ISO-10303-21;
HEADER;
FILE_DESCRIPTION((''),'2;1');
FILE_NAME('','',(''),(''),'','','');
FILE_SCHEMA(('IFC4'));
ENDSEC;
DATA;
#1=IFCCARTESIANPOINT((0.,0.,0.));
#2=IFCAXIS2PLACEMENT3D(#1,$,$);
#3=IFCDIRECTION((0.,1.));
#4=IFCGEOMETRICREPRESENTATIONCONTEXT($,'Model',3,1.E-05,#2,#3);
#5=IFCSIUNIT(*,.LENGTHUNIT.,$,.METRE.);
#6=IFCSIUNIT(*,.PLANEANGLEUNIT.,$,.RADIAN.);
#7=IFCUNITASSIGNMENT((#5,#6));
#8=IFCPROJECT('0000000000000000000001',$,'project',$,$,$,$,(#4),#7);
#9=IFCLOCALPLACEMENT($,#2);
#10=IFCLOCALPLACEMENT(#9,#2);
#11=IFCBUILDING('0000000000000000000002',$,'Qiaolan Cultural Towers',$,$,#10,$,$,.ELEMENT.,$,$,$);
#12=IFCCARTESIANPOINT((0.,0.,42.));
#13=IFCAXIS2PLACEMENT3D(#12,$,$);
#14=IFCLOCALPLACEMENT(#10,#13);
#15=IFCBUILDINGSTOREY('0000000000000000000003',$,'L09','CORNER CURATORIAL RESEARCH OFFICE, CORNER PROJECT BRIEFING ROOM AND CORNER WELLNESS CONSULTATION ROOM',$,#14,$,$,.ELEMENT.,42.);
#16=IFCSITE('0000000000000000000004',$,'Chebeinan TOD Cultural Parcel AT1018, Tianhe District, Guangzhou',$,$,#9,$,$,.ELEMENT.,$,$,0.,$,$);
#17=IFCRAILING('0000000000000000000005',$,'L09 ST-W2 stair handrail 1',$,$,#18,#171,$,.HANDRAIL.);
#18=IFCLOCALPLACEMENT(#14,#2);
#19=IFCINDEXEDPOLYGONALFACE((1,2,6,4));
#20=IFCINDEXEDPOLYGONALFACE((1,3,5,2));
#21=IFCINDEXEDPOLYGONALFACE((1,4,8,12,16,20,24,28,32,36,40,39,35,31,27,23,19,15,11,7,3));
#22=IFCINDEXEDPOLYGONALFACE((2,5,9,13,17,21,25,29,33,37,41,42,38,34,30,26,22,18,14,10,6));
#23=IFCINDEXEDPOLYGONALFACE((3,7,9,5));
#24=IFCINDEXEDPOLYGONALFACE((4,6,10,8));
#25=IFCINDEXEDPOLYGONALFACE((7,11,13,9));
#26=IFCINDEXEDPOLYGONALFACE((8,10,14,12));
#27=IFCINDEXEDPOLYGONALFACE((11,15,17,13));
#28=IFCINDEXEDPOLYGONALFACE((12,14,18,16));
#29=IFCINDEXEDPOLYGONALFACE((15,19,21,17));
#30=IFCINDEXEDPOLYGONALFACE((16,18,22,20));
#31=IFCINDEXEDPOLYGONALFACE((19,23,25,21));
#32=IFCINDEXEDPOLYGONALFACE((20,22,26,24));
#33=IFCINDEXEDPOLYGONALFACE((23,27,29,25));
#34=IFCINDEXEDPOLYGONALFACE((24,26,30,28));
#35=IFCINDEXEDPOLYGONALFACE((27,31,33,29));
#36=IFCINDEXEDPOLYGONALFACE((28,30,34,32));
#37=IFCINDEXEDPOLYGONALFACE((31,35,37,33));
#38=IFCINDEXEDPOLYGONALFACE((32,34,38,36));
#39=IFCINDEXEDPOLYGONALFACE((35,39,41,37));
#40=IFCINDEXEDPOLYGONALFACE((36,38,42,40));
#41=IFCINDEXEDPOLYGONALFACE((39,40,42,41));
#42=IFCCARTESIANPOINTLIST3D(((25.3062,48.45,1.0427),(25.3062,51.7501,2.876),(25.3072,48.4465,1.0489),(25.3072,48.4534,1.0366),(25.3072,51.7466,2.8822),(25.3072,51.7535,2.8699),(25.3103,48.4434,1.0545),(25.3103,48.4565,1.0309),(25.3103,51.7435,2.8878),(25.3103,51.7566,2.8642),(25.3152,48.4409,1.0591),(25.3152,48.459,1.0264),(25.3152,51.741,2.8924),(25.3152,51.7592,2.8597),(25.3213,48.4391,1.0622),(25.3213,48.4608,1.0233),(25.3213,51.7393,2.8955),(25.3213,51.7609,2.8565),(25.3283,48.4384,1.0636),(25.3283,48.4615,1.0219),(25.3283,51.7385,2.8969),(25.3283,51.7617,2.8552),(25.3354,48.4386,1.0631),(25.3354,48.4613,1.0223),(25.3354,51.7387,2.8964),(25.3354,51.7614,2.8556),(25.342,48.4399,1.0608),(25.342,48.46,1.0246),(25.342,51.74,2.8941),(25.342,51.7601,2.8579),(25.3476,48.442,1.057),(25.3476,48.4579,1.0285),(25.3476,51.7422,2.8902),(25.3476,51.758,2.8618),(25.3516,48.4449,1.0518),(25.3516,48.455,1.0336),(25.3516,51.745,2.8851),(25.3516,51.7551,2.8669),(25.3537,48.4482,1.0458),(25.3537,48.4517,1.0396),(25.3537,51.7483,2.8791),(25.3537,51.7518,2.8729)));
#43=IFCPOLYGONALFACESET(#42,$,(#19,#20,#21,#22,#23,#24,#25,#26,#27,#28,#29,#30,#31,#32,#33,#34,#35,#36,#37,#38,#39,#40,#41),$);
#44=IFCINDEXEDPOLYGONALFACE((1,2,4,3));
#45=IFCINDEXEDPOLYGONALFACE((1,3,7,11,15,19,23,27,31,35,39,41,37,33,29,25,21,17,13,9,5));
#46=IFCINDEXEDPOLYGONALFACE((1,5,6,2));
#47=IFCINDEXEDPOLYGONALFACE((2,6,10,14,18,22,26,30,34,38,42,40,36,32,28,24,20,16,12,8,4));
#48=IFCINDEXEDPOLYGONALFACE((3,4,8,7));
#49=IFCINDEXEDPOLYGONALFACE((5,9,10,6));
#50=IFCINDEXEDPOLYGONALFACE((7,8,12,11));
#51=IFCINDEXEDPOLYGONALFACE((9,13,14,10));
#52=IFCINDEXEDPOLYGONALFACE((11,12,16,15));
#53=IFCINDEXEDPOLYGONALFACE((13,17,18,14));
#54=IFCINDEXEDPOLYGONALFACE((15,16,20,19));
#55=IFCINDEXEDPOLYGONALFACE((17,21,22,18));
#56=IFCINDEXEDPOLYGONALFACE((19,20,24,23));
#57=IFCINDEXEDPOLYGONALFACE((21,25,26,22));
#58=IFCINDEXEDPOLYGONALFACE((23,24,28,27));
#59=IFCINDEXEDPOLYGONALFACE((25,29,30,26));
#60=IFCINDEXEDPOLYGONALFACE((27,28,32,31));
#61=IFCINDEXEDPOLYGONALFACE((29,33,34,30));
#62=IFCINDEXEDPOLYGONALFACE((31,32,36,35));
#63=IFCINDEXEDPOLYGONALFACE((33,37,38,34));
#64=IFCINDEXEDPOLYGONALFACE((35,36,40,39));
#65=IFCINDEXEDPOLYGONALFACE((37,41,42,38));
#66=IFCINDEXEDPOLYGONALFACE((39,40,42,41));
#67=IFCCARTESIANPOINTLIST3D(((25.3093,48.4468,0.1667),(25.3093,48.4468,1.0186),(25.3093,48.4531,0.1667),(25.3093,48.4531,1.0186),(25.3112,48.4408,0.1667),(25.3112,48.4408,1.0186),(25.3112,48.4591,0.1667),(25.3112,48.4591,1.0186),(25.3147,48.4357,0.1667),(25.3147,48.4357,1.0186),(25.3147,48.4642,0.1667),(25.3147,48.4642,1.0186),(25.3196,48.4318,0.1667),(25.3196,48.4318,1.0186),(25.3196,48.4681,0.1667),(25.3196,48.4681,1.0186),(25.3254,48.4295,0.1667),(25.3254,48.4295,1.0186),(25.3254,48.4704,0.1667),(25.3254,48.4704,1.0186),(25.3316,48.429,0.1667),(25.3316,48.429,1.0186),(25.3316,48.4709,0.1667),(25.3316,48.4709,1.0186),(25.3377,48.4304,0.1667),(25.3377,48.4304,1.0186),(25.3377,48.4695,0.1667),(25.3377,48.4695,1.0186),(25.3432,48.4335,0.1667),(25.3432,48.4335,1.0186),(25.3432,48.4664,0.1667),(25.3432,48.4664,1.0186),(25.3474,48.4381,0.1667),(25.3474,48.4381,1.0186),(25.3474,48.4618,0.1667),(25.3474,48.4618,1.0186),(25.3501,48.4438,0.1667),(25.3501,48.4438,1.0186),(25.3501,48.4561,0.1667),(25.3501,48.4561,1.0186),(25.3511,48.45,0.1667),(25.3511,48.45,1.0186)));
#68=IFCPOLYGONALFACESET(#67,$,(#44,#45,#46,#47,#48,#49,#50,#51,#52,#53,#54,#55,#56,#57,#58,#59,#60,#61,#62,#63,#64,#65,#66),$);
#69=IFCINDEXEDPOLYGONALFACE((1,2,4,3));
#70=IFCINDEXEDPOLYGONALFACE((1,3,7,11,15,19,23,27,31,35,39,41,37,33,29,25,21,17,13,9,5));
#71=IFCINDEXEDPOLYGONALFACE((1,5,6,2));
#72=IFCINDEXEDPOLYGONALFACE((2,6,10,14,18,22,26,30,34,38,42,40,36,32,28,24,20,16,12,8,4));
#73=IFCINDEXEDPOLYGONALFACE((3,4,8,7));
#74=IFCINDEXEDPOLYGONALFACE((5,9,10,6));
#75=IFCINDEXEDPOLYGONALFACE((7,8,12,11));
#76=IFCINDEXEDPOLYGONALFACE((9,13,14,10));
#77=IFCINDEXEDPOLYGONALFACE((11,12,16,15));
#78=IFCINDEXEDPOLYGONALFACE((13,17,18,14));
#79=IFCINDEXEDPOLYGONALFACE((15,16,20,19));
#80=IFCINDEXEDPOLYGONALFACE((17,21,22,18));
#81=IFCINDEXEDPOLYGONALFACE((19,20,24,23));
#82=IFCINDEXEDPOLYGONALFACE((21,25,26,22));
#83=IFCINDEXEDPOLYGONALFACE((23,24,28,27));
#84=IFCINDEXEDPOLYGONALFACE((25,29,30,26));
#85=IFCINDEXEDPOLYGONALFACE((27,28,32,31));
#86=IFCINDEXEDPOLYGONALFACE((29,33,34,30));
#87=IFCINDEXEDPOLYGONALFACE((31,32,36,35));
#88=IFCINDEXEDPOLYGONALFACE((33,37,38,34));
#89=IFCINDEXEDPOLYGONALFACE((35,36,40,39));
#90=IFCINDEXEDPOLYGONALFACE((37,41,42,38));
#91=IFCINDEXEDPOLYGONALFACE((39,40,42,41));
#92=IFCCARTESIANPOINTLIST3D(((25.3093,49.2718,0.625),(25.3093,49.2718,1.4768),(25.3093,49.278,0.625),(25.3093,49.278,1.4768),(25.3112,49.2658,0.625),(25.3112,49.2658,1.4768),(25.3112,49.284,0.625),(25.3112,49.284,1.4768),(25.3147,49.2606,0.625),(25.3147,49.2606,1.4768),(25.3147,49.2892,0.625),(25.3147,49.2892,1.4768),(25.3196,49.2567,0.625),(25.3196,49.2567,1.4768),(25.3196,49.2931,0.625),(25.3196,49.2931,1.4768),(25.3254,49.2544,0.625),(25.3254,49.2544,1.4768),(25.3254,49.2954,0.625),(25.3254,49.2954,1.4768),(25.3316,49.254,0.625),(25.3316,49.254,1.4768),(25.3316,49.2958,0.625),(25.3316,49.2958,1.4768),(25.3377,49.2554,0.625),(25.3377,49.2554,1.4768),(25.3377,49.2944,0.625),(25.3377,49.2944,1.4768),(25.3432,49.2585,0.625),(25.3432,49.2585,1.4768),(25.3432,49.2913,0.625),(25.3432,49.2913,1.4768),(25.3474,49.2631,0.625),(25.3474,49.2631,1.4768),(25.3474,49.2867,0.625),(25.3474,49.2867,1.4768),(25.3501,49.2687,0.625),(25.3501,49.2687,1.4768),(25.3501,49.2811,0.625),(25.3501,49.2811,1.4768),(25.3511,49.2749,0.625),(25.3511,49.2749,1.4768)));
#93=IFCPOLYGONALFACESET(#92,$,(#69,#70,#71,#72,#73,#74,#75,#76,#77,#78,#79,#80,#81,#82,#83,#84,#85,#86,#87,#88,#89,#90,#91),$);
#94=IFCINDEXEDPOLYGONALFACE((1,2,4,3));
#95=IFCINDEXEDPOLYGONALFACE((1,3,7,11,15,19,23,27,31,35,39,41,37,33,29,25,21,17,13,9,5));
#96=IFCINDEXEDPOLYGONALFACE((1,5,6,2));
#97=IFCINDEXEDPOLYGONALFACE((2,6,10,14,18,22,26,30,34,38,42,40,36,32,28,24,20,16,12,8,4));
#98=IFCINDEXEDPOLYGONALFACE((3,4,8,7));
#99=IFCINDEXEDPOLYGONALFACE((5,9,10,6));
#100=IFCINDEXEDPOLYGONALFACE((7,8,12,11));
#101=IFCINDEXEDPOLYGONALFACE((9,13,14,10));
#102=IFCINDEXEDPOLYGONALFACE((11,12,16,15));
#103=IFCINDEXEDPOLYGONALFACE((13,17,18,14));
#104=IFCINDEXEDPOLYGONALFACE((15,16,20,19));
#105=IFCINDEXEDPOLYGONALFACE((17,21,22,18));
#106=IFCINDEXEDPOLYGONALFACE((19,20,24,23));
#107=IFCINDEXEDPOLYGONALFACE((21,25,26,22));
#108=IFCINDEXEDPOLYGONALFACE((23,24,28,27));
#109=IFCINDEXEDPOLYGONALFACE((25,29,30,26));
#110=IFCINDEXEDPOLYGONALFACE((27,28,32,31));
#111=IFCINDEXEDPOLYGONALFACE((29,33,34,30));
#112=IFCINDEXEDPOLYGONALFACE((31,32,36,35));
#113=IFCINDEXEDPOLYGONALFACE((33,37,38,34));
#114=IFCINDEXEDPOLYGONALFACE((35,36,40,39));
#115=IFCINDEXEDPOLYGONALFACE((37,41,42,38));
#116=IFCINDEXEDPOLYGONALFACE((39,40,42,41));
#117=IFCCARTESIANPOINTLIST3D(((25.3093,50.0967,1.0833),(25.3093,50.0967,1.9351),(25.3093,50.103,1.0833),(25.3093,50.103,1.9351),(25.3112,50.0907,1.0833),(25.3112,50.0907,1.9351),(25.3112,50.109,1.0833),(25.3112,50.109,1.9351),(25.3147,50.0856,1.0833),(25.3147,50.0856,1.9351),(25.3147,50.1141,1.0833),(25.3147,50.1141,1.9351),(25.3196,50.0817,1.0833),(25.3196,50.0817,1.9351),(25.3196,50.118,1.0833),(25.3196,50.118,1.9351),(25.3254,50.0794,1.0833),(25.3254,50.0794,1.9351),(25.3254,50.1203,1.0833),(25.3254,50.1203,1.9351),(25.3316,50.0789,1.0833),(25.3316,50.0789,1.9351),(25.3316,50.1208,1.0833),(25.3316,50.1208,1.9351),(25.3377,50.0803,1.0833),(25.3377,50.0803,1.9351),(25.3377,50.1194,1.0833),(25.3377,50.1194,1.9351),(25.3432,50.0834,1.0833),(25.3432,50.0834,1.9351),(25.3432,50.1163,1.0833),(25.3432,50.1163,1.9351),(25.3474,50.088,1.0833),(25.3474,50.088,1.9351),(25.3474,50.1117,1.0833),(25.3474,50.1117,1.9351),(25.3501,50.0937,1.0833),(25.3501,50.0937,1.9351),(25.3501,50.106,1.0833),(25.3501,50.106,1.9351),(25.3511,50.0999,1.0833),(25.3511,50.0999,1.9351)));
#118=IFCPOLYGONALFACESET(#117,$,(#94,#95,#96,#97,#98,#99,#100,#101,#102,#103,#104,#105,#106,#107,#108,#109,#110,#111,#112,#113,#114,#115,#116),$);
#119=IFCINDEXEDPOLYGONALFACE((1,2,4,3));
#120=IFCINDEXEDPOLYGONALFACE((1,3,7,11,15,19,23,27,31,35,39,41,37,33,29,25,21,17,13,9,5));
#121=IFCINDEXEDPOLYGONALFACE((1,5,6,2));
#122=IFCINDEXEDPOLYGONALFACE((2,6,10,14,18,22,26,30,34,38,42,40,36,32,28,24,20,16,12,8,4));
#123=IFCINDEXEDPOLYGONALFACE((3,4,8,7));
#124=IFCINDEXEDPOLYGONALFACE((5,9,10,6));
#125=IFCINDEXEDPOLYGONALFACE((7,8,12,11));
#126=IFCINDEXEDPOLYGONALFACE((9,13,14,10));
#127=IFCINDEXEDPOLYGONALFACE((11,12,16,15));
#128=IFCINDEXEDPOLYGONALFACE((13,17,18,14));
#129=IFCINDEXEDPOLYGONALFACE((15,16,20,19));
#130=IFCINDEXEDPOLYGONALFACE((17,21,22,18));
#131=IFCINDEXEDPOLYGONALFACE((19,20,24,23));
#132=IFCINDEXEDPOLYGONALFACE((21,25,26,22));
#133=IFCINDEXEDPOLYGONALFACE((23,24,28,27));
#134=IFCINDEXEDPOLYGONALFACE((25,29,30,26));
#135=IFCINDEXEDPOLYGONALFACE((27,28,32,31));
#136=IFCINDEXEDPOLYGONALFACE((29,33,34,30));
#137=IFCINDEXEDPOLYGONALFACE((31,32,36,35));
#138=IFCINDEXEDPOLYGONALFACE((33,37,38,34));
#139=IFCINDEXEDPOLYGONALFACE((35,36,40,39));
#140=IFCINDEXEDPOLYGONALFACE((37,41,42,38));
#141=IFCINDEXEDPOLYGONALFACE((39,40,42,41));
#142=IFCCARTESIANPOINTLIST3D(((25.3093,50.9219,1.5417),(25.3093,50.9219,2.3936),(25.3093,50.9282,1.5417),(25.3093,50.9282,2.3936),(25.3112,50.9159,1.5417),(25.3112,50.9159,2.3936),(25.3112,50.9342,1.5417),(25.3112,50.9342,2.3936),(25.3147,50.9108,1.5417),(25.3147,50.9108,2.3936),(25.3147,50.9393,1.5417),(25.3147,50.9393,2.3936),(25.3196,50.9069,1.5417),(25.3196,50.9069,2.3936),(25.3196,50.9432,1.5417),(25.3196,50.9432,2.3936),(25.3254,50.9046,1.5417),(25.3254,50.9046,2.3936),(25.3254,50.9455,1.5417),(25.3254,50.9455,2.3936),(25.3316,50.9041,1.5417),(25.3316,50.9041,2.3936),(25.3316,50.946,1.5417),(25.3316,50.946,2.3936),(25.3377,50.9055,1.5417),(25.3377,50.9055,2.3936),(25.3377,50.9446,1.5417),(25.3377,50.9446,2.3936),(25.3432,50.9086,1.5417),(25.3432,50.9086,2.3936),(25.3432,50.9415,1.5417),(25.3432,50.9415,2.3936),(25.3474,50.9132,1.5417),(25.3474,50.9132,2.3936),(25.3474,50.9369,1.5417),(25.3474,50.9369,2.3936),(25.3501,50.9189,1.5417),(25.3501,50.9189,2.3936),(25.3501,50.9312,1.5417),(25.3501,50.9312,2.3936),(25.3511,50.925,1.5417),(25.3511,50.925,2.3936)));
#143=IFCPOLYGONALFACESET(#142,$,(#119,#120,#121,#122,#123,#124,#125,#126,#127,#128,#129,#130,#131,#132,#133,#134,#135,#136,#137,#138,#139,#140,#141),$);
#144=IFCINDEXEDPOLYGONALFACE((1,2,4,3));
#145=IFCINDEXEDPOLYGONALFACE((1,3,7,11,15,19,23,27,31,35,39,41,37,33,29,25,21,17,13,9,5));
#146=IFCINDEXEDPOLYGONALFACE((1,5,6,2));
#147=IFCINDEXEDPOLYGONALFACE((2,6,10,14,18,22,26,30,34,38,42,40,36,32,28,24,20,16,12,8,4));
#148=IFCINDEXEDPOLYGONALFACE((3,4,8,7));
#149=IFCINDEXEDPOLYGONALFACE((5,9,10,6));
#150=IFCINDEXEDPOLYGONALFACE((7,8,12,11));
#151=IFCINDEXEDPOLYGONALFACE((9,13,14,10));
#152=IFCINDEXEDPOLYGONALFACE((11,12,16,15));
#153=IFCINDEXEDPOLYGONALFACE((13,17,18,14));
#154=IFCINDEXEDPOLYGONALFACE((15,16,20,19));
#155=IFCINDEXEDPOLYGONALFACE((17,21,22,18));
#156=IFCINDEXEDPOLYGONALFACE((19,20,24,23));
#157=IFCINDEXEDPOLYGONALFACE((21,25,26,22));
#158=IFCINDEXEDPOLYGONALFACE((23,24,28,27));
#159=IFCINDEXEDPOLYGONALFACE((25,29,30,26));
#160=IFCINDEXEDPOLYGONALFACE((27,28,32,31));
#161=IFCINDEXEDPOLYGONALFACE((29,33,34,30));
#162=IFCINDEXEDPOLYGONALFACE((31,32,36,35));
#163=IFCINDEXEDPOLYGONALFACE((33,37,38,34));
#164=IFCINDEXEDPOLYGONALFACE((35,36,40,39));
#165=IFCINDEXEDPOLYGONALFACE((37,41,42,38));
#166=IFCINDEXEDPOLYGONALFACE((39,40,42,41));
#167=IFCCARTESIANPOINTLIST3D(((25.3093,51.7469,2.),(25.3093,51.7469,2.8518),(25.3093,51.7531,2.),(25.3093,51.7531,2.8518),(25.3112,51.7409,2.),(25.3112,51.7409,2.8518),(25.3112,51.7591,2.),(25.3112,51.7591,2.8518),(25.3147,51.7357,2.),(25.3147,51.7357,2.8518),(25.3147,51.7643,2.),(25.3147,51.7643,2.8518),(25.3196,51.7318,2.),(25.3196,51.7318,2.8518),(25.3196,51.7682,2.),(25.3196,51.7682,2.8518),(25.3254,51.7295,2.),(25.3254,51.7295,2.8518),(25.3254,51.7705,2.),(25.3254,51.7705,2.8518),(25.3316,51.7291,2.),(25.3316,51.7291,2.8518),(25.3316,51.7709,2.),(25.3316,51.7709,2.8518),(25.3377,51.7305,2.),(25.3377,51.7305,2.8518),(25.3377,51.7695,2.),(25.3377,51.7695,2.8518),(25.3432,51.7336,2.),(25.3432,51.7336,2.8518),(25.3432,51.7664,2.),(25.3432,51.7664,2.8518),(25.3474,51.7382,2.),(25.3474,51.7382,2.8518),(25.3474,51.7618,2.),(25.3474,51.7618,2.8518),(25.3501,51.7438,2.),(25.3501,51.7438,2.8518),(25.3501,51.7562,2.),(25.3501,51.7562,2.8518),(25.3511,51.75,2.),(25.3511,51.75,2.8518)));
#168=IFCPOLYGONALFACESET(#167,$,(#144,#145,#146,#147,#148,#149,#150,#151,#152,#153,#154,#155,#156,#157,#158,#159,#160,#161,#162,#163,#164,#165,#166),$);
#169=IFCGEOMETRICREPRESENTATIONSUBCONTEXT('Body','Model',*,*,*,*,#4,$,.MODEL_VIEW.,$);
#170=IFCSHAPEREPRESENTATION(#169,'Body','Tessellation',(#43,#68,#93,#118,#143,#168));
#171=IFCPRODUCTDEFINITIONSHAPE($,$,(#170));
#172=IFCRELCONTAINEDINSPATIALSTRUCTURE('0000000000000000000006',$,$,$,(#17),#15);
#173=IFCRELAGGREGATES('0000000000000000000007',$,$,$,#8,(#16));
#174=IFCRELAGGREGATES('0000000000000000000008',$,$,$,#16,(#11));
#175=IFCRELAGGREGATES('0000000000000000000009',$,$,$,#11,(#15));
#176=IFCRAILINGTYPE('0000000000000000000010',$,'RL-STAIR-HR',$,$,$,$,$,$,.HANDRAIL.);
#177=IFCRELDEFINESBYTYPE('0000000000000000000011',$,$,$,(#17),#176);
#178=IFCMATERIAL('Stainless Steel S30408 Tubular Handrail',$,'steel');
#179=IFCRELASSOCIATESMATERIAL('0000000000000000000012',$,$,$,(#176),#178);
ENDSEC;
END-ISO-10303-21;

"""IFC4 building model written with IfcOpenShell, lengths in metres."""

from ifc_helpers import new_model, si_unit, direction, frame, origin, origin_2d, place, context, subcontext, project, spatial, circle, extrude, material, type_object, element, save


model = new_model("IFC4")

# Units and contexts
model_context = context("Model", 3, precision=1e-05, world=origin(), true_north=direction((0.0, 1.0)))
body_context = subcontext(model_context, "Body", "Model", "MODEL_VIEW")
ifc_project = project(units=[si_unit("LENGTHUNIT", "METRE"), si_unit("PLANEANGLEUNIT", "RADIAN")], contexts=[model_context])

# Site, building, storey
site_placement = place(None, origin())
site = spatial("IfcSite", under=ifc_project, at=site_placement, Name="Chebeinan TOD Cultural Parcel AT1018, Tianhe District, Guangzhou", CompositionType="ELEMENT", RefElevation=0.0)
building_placement = place(site_placement, origin())
building = spatial("IfcBuilding", under=site, at=building_placement, Name="Qiaolan Cultural Towers", CompositionType="ELEMENT")
storey_placement = place(building_placement, frame((0.0, 0.0, 42.0)))
storey = spatial("IfcBuildingStorey", under=building, at=storey_placement, Name="L09", Description="CORNER CURATORIAL RESEARCH OFFICE, CORNER PROJECT BRIEFING ROOM AND CORNER WELLNESS CONSULTATION ROOM", CompositionType="ELEMENT", Elevation=42.0)

# Railing
ifc_material_1 = material(Name="Stainless Steel S30408 Tubular Handrail", Category="steel")
railing_type_1 = type_object("IfcRailingType", Name="RL-STAIR-HR", PredefinedType="HANDRAIL", material=ifc_material_1)
railing_1_placement = place(storey_placement, frame((25.3301, 48.45, 0.1667)))
element("IfcRailing", 1, at=railing_1_placement, inside=storey, type_object=railing_type_1, Name="L09 ST-W2 stair handrail 1", PredefinedType="HANDRAIL", context=body_context, shape_type="SweptSolid", body=[
    extrude(circle(Radius=0.0239, at=origin_2d()), frame((0.0, 0.0, 0.876), z_axis=(0.0, 0.874169, 0.485621), x_axis=(-1.0, 0.0, 0.0)), (0.0, 0.0, 1.0), 3.7751),
    extrude(circle(Radius=0.021, at=origin_2d()), origin(), (0.0, 0.0, 1.0), 0.8518),
    extrude(circle(Radius=0.021, at=origin_2d()), frame((0.0, 0.825, 0.4583)), (0.0, 0.0, 1.0), 0.8518),
    extrude(circle(Radius=0.021, at=origin_2d()), frame((0.0, 1.6499, 0.9165)), (0.0, 0.0, 1.0), 0.8518),
    extrude(circle(Radius=0.021, at=origin_2d()), frame((0.0, 2.4751, 1.375)), (0.0, 0.0, 1.0), 0.8518),
    extrude(circle(Radius=0.021, at=origin_2d()), frame((0.0, 3.3, 1.8333)), (0.0, 0.0, 1.0), 0.8518),
])

save(model, "model.ifc")
